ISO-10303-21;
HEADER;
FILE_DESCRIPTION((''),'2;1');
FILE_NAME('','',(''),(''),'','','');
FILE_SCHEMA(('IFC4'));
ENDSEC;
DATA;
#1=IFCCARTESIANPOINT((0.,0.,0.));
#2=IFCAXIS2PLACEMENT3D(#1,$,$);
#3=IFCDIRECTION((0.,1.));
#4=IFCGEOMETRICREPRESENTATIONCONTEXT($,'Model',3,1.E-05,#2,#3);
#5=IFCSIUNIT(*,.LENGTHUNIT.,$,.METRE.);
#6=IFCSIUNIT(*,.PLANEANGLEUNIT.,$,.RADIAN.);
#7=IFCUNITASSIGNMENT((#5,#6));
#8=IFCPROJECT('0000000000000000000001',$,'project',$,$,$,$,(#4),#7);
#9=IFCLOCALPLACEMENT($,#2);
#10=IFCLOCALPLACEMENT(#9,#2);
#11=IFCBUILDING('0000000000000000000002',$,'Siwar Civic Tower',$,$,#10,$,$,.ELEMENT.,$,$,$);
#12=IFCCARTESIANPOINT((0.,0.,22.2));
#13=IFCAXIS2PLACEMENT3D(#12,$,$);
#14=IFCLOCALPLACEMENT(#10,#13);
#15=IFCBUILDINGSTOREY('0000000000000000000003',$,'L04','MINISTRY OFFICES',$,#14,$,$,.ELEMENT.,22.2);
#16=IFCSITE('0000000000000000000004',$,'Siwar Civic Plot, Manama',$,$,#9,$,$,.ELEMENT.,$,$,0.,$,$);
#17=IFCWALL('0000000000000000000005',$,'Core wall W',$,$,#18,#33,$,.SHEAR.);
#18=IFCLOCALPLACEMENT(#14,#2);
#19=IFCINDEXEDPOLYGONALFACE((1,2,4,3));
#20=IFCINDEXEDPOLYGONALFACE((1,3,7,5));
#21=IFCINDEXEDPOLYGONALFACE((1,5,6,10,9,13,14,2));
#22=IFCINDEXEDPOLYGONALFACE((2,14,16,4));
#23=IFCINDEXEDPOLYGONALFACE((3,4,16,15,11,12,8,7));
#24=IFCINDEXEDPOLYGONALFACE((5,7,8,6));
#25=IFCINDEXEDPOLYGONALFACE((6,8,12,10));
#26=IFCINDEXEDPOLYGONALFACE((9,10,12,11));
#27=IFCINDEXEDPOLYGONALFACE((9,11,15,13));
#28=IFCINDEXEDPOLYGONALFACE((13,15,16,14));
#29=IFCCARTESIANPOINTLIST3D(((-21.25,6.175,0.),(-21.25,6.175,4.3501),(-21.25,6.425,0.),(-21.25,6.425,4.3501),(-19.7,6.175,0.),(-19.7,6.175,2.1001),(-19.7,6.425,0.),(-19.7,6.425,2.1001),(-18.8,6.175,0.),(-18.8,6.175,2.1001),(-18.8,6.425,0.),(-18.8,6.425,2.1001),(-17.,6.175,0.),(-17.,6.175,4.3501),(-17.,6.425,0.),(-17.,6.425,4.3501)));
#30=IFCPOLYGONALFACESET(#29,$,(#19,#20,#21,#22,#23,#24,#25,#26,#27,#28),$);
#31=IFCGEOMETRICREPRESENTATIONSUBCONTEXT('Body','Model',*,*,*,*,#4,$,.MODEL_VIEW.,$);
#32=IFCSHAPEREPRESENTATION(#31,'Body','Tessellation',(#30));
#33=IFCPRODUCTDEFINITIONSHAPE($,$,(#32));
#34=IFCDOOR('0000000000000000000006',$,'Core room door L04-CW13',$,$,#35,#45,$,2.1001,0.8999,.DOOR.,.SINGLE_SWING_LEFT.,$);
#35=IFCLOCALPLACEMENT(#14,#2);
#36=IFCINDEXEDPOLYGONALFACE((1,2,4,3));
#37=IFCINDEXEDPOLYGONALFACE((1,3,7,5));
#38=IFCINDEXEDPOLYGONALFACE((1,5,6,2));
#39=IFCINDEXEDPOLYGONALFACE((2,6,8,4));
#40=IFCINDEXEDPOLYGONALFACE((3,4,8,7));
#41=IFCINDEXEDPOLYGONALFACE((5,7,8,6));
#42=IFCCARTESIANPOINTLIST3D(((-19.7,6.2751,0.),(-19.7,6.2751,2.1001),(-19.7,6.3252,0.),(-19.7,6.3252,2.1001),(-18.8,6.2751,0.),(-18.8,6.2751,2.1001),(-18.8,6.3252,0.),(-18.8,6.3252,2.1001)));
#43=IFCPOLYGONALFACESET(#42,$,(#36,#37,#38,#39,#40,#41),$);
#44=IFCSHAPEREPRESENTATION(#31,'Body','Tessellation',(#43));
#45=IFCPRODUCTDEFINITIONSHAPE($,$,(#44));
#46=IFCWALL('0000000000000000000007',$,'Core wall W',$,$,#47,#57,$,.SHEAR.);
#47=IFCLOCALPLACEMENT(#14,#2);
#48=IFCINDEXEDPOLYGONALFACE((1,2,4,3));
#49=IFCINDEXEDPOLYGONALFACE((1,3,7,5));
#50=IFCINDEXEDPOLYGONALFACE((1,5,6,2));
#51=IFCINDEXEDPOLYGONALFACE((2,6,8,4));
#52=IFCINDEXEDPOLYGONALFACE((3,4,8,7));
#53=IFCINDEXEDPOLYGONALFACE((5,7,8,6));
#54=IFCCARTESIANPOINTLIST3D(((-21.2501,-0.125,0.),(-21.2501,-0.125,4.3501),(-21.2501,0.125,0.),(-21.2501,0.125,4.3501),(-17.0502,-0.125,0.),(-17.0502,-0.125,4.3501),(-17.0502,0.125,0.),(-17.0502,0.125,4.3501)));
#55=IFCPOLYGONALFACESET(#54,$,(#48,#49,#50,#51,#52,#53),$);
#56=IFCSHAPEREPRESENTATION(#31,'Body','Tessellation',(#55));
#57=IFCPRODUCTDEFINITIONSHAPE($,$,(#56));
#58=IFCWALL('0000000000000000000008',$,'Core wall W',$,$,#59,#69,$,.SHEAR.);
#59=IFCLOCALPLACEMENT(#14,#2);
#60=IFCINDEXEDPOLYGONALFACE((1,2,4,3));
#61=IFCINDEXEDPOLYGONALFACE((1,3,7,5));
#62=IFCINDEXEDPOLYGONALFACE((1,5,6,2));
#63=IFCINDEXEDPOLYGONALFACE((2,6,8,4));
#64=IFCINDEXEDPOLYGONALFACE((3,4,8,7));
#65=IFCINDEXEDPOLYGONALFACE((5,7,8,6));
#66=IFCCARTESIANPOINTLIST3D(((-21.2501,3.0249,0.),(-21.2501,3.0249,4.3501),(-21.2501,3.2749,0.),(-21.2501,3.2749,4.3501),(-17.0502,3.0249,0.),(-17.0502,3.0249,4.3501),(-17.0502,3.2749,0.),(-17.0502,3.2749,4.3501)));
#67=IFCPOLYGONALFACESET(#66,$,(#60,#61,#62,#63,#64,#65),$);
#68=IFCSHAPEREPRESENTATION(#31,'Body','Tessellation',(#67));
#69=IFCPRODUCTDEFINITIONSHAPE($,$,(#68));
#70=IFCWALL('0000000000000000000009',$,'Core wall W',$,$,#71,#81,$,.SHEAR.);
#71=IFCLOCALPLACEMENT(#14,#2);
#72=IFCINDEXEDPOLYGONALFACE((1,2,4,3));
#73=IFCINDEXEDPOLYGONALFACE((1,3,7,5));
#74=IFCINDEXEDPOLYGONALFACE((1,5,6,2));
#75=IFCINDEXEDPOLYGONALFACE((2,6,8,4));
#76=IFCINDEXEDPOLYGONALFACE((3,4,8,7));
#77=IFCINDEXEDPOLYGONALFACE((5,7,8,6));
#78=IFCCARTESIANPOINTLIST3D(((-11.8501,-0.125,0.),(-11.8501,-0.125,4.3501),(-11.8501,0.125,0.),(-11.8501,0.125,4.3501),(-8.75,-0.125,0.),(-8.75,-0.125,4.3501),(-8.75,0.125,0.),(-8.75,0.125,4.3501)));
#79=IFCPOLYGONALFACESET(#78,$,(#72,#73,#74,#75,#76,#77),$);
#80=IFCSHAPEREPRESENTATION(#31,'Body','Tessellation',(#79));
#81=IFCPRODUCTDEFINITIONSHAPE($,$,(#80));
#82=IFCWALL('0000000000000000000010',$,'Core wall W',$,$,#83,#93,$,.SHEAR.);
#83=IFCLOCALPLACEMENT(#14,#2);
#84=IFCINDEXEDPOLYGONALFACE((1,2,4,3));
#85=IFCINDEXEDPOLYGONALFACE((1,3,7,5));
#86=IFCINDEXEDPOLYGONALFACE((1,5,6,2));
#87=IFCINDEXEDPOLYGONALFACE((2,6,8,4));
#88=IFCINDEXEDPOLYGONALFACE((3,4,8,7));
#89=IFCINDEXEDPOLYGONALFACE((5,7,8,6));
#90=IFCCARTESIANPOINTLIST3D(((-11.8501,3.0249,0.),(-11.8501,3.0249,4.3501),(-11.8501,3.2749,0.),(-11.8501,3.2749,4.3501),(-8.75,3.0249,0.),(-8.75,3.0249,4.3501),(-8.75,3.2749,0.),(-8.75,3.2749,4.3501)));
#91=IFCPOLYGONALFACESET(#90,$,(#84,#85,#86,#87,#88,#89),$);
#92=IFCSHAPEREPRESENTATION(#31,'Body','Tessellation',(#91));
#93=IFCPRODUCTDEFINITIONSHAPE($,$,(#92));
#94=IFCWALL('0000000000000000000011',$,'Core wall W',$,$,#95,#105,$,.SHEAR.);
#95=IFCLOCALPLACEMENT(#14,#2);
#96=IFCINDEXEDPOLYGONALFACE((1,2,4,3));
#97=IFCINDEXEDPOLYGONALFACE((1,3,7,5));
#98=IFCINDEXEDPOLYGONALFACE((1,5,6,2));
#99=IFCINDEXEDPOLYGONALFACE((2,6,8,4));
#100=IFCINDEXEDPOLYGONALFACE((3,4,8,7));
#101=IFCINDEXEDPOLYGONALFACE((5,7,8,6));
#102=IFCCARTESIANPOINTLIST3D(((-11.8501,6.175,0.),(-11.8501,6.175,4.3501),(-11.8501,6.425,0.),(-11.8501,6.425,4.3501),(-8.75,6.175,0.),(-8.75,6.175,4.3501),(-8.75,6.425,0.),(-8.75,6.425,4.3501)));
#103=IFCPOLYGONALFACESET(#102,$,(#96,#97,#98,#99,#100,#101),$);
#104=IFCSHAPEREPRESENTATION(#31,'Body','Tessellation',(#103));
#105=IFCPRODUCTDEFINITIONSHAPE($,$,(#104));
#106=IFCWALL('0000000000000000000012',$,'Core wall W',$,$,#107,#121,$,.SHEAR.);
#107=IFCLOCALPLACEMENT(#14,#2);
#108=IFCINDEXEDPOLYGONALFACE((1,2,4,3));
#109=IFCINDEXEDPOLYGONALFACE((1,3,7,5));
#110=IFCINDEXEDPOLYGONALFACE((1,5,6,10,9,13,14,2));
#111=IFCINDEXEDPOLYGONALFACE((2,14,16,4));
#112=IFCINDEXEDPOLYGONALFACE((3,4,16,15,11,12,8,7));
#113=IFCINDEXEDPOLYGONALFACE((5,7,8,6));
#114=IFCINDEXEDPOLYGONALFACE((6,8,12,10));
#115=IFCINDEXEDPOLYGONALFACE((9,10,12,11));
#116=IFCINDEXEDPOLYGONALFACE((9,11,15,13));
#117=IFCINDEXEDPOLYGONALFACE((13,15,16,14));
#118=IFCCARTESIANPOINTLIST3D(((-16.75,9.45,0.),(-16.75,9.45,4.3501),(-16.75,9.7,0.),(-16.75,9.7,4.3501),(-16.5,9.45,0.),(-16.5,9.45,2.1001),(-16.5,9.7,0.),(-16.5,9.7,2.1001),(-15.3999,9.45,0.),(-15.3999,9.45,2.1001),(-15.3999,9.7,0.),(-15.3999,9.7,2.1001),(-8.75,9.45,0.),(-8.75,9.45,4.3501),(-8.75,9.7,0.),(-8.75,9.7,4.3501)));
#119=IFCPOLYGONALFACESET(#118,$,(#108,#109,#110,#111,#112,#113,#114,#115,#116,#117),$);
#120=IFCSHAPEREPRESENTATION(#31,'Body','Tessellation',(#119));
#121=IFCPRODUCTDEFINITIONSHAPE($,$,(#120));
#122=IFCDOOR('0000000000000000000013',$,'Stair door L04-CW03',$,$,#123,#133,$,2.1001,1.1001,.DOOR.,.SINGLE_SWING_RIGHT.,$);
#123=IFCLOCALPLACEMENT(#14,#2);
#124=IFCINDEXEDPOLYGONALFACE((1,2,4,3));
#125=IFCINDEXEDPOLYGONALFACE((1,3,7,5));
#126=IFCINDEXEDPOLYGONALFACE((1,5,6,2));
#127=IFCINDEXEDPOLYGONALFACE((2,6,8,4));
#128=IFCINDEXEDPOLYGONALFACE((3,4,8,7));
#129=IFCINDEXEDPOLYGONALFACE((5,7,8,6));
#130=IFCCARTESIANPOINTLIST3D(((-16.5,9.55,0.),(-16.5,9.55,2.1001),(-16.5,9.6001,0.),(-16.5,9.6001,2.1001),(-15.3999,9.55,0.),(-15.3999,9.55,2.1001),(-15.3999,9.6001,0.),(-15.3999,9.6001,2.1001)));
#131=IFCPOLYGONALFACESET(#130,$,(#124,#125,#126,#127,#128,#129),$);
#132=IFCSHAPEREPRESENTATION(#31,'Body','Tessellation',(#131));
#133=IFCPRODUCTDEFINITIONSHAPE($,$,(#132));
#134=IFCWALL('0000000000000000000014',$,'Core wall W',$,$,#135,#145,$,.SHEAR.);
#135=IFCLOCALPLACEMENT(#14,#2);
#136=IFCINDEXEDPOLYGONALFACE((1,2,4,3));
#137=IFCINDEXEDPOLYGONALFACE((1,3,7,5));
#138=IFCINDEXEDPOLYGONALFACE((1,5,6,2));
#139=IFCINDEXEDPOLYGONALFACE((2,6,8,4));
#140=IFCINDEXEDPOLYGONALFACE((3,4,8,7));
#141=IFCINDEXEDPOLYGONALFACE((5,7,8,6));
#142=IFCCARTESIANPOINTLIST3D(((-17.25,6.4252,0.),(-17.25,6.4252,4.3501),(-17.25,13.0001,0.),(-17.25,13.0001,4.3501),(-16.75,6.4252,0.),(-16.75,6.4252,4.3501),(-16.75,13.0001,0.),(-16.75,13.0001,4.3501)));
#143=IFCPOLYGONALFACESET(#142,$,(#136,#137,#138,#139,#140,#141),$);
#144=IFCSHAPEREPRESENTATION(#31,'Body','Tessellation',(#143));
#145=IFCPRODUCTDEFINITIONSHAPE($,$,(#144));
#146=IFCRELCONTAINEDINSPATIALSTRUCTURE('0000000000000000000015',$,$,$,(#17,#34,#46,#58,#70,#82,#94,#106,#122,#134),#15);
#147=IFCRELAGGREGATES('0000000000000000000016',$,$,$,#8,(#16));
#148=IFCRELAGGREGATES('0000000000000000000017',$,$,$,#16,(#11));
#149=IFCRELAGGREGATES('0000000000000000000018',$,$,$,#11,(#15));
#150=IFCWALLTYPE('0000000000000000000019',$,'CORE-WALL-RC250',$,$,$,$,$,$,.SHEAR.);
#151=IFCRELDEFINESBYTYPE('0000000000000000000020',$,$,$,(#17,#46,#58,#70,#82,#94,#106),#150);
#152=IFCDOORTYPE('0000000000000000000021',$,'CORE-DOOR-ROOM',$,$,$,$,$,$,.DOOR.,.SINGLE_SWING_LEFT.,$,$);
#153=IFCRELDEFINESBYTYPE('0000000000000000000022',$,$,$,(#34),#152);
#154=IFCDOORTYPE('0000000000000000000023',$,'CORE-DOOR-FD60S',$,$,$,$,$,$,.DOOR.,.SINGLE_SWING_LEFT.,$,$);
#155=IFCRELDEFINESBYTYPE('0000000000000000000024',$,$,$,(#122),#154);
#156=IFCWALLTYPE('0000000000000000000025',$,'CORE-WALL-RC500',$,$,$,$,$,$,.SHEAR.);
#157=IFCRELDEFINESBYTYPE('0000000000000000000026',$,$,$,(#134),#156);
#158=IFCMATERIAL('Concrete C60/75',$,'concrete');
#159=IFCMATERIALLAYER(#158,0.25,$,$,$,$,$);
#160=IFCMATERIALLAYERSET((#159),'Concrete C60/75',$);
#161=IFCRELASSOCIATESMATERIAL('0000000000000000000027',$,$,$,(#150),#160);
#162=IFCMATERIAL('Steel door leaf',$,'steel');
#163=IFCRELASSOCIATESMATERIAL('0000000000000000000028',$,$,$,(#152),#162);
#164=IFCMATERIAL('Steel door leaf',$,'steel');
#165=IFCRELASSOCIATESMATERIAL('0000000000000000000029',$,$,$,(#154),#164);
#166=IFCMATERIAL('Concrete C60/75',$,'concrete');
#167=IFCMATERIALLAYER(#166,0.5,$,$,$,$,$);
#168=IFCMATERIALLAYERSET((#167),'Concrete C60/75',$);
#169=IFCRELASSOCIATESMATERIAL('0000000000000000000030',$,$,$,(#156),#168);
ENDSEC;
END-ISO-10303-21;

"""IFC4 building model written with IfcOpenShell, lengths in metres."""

from ifc_helpers import new_model, si_unit, direction, frame, frame_2d, origin, place, context, subcontext, project, spatial, rectangle, extrude, material, layer, layer_set, type_object, element, fill, save


model = new_model("IFC4")

# Units and contexts
model_context = context("Model", 3, precision=1e-05, world=origin(), true_north=direction((0.0, 1.0)))
body_context = subcontext(model_context, "Body", "Model", "MODEL_VIEW")
ifc_project = project(units=[si_unit("LENGTHUNIT", "METRE"), si_unit("PLANEANGLEUNIT", "RADIAN")], contexts=[model_context])

# Site, building, storey
site_placement = place(None, origin())
site = spatial("IfcSite", under=ifc_project, at=site_placement, Name="Siwar Civic Plot, Manama", CompositionType="ELEMENT", RefElevation=0.0)
building_placement = place(site_placement, origin())
building = spatial("IfcBuilding", under=site, at=building_placement, Name="Siwar Civic Tower", CompositionType="ELEMENT")
storey_placement = place(building_placement, frame((0.0, 0.0, 22.2)))
storey = spatial("IfcBuildingStorey", under=building, at=storey_placement, Name="L04", Description="MINISTRY OFFICES", CompositionType="ELEMENT", Elevation=22.2)

# Shared definitions
ifc_material_1 = material(Name="Concrete C60/75", Category="concrete")
ifc_layer_1 = layer(ifc_material_1, 0.25)
ifc_layer_set_1 = layer_set([ifc_layer_1], Name="Concrete C60/75")
wall_type_1 = type_object("IfcWallType", Name="CORE-WALL-RC250", PredefinedType="SHEAR", material=ifc_layer_set_1)

# Wall, opening, door
wall_1_placement = place(storey_placement, frame((-17.0, 6.3, 0.0), z_axis=(0.0, 0.0, 1.0), x_axis=(-1.0, 0.0, 0.0)))
wall_1 = element("IfcWall", 1, at=wall_1_placement, inside=storey, type_object=wall_type_1, Name="Core wall W", PredefinedType="SHEAR", context=body_context, shape_type="SweptSolid", body=[
    extrude(rectangle(XDim=4.25, YDim=0.25, at=frame_2d((2.125, 0.0))), origin(), (0.0, 0.0, 1.0), 4.3501),
])
opening_1_placement = place(wall_1_placement, frame((1.8, 0.0, 0.0)))
opening_1 = element("IfcOpeningElement", 2, at=opening_1_placement, cuts=wall_1, PredefinedType="OPENING", context=body_context, shape_type="SweptSolid", body=[
    extrude(rectangle(XDim=0.8999, YDim=2.1001, at=frame_2d((0.45, 1.05))), frame((0.0, 0.135, 0.0), z_axis=(0.0, -1.0, 0.0), x_axis=(1.0, 0.0, 0.0)), (0.0, 0.0, 1.0), 0.27),
])
ifc_material_2 = material(Name="Steel door leaf", Category="steel")
door_type_1 = type_object("IfcDoorType", Name="CORE-DOOR-ROOM", OperationType="SINGLE_SWING_LEFT", PredefinedType="DOOR", material=ifc_material_2)
door_1_placement = place(opening_1_placement, origin())
door_1 = element("IfcDoor", 3, at=door_1_placement, inside=storey, type_object=door_type_1, Name="Core room door L04-CW13", OperationType="SINGLE_SWING_LEFT", OverallHeight=2.1001, OverallWidth=0.8999, PredefinedType="DOOR", context=body_context, shape_type="SweptSolid", body=[
    extrude(rectangle(XDim=0.8999, YDim=2.1001, at=frame_2d((0.45, 1.05))), frame((0.0, 0.0249, 0.0), z_axis=(0.0, -1.0, 0.0), x_axis=(1.0, 0.0, 0.0)), (0.0, 0.0, 1.0), 0.05),
])
fill(opening_1, door_1)

# Walls
for number, where, z_axis, x_axis, name in (
    (4, (-17.05, 0.0, 0.0), (0.0, 0.0, 1.0), (-1.0, 0.0, 0.0), "Core wall W"),
    (5, (-17.05, 3.1499, 0.0), (0.0, 0.0, 1.0), (-1.0, 0.0, 0.0), "Core wall W"),
):
    element("IfcWall", number, at=place(storey_placement, frame(where, z_axis=z_axis, x_axis=x_axis)), inside=storey, type_object=wall_type_1, Name=name, PredefinedType="SHEAR", context=body_context, shape_type="SweptSolid", body=[
        extrude(rectangle(XDim=4.2, YDim=0.25, at=frame_2d((2.1001, 0.0))), origin(), (0.0, 0.0, 1.0), 4.3501),
    ])
for number, where, z_axis, x_axis, name in (
    (6, (-8.75, 0.0, 0.0), (0.0, 0.0, 1.0), (-1.0, 0.0, 0.0), "Core wall W"),
    (7, (-8.75, 3.1499, 0.0), (0.0, 0.0, 1.0), (-1.0, 0.0, 0.0), "Core wall W"),
    (8, (-8.75, 6.3, 0.0), (0.0, 0.0, 1.0), (-1.0, 0.0, 0.0), "Core wall W"),
):
    element("IfcWall", number, at=place(storey_placement, frame(where, z_axis=z_axis, x_axis=x_axis)), inside=storey, type_object=wall_type_1, Name=name, PredefinedType="SHEAR", context=body_context, shape_type="SweptSolid", body=[
        extrude(rectangle(XDim=3.1001, YDim=0.25, at=frame_2d((1.55, 0.0))), origin(), (0.0, 0.0, 1.0), 4.3501),
    ])

# Wall, opening, door
wall_2_placement = place(storey_placement, frame((-8.75, 9.575, 0.0), z_axis=(0.0, 0.0, 1.0), x_axis=(-1.0, 0.0, 0.0)))
wall_2 = element("IfcWall", 9, at=wall_2_placement, inside=storey, type_object=wall_type_1, Name="Core wall W", PredefinedType="SHEAR", context=body_context, shape_type="SweptSolid", body=[
    extrude(rectangle(XDim=8.0, YDim=0.25, at=frame_2d((4.0, 0.0))), origin(), (0.0, 0.0, 1.0), 4.3501),
])
opening_2_placement = place(wall_2_placement, frame((6.6499, 0.0, 0.0)))
opening_2 = element("IfcOpeningElement", 10, at=opening_2_placement, cuts=wall_2, PredefinedType="OPENING", context=body_context, shape_type="SweptSolid", body=[
    extrude(rectangle(XDim=1.1001, YDim=2.1001, at=frame_2d((0.55, 1.05))), frame((0.0, 0.135, 0.0), z_axis=(0.0, -1.0, 0.0), x_axis=(1.0, 0.0, 0.0)), (0.0, 0.0, 1.0), 0.27),
])
ifc_material_3 = material(Name="Steel door leaf", Category="steel")
door_type_2 = type_object("IfcDoorType", Name="CORE-DOOR-FD60S", OperationType="SINGLE_SWING_LEFT", PredefinedType="DOOR", material=ifc_material_3)
door_2_placement = place(opening_2_placement, origin())
door_2 = element("IfcDoor", 11, at=door_2_placement, inside=storey, type_object=door_type_2, Name="Stair door L04-CW03", OperationType="SINGLE_SWING_RIGHT", OverallHeight=2.1001, OverallWidth=1.1001, PredefinedType="DOOR", context=body_context, shape_type="SweptSolid", body=[
    extrude(rectangle(XDim=1.1001, YDim=2.1001, at=frame_2d((0.55, 1.05))), frame((0.0, 0.0249, 0.0), z_axis=(0.0, -1.0, 0.0), x_axis=(1.0, 0.0, 0.0)), (0.0, 0.0, 1.0), 0.05),
])
fill(opening_2, door_2)

# Wall
ifc_material_4 = material(Name="Concrete C60/75", Category="concrete")
ifc_layer_2 = layer(ifc_material_4, 0.5)
ifc_layer_set_2 = layer_set([ifc_layer_2], Name="Concrete C60/75")
wall_type_2 = type_object("IfcWallType", Name="CORE-WALL-RC500", PredefinedType="SHEAR", material=ifc_layer_set_2)
wall_3_placement = place(storey_placement, frame((-17.0, 6.425, 0.0), z_axis=(0.0, 0.0, 1.0), x_axis=(0.0, 1.0, 0.0)))
element("IfcWall", 12, at=wall_3_placement, inside=storey, type_object=wall_type_2, Name="Core wall W", PredefinedType="SHEAR", context=body_context, shape_type="SweptSolid", body=[
    extrude(rectangle(XDim=6.575, YDim=0.5, at=frame_2d((3.2876, 0.0))), origin(), (0.0, 0.0, 1.0), 4.3501),
])

save(model, "model.ifc")
